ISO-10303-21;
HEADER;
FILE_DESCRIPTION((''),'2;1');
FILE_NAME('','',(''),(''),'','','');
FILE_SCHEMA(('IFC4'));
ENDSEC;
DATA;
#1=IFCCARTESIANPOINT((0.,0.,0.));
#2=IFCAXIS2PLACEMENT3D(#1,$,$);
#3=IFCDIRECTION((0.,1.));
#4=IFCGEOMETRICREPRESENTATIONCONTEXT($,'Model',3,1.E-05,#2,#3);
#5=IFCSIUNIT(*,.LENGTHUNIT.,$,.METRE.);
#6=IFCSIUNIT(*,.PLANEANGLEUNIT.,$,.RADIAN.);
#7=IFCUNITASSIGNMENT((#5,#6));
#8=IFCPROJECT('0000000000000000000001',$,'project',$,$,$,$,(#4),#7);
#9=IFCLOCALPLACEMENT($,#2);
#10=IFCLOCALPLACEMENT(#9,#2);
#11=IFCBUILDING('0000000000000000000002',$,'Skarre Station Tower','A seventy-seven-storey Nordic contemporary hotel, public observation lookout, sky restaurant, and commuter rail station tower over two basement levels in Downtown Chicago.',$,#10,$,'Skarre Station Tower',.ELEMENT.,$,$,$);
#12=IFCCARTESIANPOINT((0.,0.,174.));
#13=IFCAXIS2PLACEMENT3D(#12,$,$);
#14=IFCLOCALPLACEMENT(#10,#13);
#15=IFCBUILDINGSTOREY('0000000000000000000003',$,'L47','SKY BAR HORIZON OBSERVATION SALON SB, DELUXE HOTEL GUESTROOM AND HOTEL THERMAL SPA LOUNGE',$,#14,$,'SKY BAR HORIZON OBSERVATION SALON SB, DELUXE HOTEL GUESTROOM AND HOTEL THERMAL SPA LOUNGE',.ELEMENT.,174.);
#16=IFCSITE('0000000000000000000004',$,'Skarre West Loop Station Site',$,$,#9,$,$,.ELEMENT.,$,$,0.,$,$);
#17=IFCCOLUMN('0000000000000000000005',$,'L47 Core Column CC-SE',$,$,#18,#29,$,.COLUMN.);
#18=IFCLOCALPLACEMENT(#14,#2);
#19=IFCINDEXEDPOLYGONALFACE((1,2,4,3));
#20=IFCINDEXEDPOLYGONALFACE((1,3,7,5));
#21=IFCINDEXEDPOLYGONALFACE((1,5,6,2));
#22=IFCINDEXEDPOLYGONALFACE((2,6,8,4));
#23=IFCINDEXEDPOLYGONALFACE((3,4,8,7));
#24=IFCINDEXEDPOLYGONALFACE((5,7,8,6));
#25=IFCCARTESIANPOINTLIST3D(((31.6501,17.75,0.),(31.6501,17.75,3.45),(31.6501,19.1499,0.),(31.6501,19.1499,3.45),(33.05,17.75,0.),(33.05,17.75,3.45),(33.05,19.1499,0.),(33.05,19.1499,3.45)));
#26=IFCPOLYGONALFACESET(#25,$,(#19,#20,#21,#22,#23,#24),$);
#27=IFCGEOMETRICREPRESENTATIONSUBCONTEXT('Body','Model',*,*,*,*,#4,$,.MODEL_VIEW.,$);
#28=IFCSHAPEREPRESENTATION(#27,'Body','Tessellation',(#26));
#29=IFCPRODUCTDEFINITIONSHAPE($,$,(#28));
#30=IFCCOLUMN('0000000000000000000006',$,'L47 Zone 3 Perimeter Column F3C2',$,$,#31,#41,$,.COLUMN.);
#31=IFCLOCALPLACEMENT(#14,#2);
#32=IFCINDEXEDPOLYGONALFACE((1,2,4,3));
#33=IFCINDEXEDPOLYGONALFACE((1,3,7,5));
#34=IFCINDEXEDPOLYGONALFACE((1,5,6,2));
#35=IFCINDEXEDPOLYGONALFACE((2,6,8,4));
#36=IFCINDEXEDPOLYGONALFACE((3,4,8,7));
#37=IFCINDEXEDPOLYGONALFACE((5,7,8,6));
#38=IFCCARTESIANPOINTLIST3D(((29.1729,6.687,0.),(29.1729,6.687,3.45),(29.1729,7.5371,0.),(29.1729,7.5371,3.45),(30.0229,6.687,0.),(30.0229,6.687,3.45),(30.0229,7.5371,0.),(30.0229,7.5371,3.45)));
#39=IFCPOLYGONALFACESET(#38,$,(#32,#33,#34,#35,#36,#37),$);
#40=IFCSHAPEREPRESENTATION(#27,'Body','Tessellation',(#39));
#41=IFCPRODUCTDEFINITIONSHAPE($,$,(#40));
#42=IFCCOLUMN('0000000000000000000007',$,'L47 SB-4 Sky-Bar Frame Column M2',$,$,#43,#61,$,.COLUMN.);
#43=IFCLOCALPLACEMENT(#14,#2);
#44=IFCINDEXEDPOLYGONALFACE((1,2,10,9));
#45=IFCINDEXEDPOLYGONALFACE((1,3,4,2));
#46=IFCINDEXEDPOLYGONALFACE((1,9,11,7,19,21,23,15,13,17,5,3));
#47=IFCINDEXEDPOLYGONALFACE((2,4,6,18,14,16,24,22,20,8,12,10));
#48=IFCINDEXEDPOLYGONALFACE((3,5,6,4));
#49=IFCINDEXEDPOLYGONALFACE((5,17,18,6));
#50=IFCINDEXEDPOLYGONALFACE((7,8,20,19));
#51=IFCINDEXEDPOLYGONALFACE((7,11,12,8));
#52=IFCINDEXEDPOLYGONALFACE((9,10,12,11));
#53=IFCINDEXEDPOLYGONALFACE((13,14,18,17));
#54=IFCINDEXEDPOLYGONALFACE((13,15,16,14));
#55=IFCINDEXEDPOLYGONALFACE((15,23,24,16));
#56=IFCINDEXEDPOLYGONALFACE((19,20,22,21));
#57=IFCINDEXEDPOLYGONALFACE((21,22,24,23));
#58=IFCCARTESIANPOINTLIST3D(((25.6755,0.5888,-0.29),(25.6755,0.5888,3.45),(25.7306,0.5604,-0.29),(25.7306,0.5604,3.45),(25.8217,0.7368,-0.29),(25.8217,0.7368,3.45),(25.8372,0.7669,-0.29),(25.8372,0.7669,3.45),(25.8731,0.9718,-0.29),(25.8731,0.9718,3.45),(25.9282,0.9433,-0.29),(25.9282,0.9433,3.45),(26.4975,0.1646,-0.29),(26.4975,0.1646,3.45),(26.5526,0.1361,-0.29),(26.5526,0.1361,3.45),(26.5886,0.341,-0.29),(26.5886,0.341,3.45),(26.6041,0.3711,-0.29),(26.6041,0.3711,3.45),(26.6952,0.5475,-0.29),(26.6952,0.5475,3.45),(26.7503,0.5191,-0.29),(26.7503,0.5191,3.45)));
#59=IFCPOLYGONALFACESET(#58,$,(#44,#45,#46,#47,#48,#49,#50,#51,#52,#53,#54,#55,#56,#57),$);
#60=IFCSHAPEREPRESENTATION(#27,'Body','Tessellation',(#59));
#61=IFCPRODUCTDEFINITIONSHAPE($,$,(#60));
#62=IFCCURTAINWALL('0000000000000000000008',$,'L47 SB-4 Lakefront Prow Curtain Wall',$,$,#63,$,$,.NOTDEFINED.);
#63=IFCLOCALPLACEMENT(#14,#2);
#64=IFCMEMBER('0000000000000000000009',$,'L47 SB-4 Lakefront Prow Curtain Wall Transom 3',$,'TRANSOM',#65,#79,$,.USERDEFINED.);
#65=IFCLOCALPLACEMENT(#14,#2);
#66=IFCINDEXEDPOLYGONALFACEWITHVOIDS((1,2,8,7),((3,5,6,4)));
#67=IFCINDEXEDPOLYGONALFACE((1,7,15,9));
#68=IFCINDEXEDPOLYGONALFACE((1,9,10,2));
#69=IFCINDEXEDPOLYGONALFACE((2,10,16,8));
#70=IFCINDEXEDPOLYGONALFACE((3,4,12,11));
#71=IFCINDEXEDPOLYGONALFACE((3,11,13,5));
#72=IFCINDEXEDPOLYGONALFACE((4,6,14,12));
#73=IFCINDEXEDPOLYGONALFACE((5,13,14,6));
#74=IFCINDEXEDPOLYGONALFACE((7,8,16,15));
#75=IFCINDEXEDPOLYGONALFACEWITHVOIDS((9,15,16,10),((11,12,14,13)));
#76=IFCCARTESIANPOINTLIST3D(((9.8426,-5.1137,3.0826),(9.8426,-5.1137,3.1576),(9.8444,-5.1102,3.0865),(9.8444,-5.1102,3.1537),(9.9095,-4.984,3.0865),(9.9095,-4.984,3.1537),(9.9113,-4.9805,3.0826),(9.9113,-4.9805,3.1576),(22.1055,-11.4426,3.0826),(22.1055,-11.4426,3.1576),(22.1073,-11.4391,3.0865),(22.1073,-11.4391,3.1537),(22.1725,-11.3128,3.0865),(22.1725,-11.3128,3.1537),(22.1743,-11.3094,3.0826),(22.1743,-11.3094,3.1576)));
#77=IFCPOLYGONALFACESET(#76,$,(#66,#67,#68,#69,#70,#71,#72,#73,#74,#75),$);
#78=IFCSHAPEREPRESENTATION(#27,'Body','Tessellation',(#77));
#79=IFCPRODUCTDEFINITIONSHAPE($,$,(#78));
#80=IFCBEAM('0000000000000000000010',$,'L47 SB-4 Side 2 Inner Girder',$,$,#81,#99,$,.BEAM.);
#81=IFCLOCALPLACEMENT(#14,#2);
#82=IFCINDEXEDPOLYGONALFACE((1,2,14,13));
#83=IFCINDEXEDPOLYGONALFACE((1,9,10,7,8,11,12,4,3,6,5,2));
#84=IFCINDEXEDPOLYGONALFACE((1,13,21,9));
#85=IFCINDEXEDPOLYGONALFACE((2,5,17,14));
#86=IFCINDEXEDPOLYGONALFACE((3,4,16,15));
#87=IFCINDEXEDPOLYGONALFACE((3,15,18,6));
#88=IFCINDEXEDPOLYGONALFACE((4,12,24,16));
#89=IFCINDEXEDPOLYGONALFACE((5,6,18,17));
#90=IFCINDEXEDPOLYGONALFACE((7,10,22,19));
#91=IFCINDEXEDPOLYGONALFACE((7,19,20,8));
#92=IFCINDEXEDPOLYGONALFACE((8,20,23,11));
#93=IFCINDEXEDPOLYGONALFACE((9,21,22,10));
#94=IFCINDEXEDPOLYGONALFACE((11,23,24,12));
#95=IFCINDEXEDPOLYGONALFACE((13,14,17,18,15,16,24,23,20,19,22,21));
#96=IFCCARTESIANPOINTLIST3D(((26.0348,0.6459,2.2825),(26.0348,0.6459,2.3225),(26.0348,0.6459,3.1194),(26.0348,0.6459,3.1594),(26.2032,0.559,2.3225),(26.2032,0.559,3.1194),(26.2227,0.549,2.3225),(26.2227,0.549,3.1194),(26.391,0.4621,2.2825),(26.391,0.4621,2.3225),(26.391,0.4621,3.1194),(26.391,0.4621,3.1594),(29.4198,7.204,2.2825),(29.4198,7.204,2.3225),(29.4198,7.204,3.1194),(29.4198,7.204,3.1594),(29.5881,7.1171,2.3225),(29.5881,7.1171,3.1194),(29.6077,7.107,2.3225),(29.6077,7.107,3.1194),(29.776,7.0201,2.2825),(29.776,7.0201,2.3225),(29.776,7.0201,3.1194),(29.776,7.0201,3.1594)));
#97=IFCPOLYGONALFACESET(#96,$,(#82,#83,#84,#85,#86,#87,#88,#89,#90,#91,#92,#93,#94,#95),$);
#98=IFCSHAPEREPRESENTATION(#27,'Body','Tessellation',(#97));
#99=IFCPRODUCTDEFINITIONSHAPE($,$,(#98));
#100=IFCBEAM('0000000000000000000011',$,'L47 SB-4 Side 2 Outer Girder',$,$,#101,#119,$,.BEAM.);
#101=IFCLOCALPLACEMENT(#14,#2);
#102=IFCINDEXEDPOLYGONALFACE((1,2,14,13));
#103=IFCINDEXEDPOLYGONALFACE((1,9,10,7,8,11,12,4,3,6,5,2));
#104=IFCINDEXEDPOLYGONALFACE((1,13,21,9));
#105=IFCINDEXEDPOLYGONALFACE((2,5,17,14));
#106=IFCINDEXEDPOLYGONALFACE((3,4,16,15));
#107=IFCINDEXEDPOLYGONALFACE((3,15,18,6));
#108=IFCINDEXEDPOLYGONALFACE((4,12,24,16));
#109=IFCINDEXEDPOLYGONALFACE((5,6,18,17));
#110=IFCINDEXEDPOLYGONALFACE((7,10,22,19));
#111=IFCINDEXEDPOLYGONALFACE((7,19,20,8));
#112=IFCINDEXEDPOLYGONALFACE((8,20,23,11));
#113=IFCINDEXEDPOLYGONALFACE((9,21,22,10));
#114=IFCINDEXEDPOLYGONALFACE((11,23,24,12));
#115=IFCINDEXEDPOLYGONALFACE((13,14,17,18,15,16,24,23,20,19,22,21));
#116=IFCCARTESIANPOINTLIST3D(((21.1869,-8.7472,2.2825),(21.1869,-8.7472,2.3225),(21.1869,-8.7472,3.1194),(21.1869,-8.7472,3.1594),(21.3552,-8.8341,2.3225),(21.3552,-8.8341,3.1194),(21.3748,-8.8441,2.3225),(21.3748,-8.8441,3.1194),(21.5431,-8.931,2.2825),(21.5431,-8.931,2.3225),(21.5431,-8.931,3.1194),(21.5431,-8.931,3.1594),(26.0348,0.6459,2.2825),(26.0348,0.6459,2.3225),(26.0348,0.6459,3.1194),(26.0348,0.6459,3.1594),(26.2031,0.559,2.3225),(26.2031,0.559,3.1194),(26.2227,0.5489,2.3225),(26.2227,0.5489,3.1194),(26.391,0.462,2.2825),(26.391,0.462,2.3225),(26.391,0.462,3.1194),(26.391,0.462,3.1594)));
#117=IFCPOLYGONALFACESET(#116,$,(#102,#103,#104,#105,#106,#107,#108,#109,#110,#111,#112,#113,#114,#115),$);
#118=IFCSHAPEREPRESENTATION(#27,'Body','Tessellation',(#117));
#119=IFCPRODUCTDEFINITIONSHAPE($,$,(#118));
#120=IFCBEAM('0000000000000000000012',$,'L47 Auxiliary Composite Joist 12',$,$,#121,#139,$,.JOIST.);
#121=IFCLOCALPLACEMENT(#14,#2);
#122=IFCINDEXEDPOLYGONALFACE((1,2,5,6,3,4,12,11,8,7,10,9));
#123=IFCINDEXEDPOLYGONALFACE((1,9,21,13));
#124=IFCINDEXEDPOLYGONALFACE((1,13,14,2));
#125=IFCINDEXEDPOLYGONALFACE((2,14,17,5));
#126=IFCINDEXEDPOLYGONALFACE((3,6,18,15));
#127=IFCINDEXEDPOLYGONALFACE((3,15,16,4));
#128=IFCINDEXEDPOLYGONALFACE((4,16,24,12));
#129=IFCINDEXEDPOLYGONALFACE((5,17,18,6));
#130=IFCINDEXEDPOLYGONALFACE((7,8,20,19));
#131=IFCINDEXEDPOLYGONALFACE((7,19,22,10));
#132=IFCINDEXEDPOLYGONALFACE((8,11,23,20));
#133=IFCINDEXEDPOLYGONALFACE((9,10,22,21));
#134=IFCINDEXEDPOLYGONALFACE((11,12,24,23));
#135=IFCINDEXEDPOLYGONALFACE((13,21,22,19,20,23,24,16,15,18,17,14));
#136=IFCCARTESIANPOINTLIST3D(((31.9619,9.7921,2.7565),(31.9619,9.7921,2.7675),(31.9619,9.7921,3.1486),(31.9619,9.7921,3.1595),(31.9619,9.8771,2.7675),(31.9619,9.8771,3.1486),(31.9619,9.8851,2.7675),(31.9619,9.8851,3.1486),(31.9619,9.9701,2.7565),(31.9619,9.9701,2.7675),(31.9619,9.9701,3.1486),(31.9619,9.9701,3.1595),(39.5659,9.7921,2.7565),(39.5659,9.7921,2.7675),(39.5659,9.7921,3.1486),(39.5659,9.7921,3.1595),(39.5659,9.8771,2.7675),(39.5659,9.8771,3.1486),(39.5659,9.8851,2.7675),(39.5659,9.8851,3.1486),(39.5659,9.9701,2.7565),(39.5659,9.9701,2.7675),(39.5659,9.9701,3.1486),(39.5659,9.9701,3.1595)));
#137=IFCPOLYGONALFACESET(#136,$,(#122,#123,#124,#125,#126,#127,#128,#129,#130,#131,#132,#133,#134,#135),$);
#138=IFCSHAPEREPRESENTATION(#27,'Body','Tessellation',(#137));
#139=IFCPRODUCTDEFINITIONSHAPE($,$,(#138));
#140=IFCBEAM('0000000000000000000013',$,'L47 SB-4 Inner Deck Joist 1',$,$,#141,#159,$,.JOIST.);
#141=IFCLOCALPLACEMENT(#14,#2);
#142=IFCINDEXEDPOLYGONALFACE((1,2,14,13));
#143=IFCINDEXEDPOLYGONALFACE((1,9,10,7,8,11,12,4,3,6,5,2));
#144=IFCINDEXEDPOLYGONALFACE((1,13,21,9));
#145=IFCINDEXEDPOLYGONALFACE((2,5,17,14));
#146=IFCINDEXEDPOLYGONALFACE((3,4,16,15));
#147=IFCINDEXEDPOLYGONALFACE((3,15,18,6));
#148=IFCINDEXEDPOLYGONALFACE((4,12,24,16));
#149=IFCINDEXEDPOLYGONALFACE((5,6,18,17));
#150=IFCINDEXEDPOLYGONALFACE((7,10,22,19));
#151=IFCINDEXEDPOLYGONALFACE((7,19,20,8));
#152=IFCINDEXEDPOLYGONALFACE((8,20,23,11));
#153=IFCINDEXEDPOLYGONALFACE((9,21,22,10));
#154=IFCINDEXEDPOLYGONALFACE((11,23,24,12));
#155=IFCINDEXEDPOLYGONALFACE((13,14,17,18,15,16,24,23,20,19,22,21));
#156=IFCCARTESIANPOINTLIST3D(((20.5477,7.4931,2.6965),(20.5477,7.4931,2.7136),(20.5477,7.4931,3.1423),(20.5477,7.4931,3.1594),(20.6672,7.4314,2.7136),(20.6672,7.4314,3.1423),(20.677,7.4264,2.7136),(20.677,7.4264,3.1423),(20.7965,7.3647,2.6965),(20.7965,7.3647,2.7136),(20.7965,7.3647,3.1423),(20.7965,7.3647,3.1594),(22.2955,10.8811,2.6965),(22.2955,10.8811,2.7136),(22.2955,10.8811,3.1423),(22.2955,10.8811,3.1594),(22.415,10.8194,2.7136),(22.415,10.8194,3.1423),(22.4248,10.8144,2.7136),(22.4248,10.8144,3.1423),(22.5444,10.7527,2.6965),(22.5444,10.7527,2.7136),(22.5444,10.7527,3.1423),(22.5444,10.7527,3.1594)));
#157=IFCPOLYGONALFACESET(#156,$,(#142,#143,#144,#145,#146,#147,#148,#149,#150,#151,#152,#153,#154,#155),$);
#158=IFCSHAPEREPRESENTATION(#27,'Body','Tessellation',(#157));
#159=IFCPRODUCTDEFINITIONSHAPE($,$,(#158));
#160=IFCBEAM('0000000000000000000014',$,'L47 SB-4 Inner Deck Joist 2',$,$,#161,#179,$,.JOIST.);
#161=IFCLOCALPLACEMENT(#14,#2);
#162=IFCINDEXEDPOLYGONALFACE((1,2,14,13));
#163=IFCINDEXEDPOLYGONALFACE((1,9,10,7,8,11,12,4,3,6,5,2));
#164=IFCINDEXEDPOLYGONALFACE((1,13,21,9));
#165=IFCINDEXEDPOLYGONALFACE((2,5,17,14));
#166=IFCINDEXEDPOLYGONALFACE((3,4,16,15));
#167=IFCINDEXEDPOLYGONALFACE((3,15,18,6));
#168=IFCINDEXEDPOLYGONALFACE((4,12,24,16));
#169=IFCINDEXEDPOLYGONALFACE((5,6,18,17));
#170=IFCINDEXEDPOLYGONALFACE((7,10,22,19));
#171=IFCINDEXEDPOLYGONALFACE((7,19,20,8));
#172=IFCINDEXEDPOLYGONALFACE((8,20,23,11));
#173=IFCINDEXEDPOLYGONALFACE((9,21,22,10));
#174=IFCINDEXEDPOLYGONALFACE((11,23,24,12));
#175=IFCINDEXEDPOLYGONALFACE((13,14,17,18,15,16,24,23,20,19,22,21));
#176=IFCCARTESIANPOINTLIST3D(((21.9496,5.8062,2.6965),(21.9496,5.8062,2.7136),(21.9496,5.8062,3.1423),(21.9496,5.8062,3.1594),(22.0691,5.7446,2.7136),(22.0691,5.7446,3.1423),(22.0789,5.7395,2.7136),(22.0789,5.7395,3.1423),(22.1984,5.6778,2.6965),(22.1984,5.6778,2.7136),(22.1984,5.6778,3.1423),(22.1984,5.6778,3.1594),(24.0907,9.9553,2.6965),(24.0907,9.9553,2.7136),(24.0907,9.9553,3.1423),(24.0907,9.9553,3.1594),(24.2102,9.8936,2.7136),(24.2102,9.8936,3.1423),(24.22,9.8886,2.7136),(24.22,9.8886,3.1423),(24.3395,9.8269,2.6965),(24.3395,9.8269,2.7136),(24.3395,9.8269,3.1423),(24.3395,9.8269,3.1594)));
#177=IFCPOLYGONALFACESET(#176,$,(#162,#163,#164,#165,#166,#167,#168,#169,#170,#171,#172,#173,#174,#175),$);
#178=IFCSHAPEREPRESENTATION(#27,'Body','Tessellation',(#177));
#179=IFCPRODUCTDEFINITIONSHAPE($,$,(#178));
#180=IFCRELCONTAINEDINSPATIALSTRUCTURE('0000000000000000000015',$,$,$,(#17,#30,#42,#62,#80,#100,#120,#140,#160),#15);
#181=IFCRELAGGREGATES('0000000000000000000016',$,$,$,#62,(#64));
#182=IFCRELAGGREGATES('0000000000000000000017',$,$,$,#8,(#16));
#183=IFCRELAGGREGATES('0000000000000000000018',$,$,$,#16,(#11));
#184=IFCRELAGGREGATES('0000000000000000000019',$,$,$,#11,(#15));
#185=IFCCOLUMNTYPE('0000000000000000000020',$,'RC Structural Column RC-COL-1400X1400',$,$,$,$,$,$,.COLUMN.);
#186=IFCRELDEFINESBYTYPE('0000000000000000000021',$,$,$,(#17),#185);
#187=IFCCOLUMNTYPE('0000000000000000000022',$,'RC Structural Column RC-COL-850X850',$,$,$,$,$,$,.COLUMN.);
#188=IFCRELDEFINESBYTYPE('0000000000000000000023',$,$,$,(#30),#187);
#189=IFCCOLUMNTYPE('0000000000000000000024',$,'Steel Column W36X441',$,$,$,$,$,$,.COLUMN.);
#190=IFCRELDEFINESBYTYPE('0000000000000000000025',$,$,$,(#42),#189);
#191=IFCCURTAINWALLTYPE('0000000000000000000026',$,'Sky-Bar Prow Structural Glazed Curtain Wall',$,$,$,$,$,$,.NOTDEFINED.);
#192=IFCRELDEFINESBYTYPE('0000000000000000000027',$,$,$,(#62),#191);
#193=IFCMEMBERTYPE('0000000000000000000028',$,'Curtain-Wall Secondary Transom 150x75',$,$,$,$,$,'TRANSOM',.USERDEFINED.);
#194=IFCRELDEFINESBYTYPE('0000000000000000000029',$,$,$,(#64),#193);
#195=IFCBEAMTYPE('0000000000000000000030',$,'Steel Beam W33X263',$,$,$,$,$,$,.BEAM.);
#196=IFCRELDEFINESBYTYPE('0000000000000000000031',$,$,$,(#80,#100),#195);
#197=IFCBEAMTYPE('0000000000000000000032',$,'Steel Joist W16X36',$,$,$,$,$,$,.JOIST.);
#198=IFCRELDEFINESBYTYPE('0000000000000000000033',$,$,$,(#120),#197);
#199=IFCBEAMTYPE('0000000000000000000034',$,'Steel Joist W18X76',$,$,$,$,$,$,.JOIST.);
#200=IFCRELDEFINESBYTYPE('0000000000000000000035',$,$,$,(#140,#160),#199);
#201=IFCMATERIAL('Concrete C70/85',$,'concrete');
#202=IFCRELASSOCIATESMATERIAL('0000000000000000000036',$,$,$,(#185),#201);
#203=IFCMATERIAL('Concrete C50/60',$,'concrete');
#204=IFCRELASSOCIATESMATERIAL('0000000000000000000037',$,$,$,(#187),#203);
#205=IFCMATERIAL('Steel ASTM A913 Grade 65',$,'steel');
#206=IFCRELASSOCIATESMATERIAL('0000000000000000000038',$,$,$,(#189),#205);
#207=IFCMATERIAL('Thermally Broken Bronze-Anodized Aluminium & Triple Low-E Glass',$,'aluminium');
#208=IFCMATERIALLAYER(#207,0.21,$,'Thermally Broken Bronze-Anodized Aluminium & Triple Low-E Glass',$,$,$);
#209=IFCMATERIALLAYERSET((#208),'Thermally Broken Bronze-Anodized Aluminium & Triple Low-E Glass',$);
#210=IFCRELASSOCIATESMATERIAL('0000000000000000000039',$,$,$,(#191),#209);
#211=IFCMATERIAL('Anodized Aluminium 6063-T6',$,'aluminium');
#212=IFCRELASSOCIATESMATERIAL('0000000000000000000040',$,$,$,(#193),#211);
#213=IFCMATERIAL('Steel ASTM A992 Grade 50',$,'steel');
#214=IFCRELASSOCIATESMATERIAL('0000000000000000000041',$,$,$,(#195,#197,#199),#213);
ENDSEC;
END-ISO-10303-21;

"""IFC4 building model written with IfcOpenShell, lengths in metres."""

from ifc_helpers import new_model, si_unit, direction, frame, origin, origin_2d, place, context, subcontext, project, spatial, rectangle, hollow_rectangle, i_section, extrude, material, layer, layer_set, material_profile, profile_set, type_object, element, aggregate, save


model = new_model("IFC4")

# Units and contexts
model_context = context("Model", 3, precision=1e-05, world=origin(), true_north=direction((0.0, 1.0)))
body_context = subcontext(model_context, "Body", "Model", "MODEL_VIEW")
ifc_project = project(units=[si_unit("LENGTHUNIT", "METRE"), si_unit("PLANEANGLEUNIT", "RADIAN")], contexts=[model_context])

# Site, building, storey
site_placement = place(None, origin())
site = spatial("IfcSite", under=ifc_project, at=site_placement, Name="Skarre West Loop Station Site", CompositionType="ELEMENT", RefElevation=0.0)
building_placement = place(site_placement, origin())
building = spatial("IfcBuilding", under=site, at=building_placement, Name="Skarre Station Tower", Description="A seventy-seven-storey Nordic contemporary hotel, public observation lookout, sky restaurant, and commuter rail station tower over two basement levels in Downtown Chicago.", LongName="Skarre Station Tower", CompositionType="ELEMENT")
storey_placement = place(building_placement, frame((0.0, 0.0, 174.0)))
storey = spatial("IfcBuildingStorey", under=building, at=storey_placement, Name="L47", Description="SKY BAR HORIZON OBSERVATION SALON SB, DELUXE HOTEL GUESTROOM AND HOTEL THERMAL SPA LOUNGE", LongName="SKY BAR HORIZON OBSERVATION SALON SB, DELUXE HOTEL GUESTROOM AND HOTEL THERMAL SPA LOUNGE", CompositionType="ELEMENT", Elevation=174.0)

# Columns
ifc_material_1 = material(Name="Concrete C70/85", Category="concrete")
ifc_material_profile_1 = material_profile(ifc_material_1, rectangle(XDim=1.3999, YDim=1.3999, at=origin_2d()), Name="Concrete C70/85")
ifc_profile_set_1 = profile_set([ifc_material_profile_1], Name="Concrete C70/85")
column_type_1 = type_object("IfcColumnType", Name="RC Structural Column RC-COL-1400X1400", PredefinedType="COLUMN", material=ifc_profile_set_1)
column_1_placement = place(storey_placement, frame((32.3501, 18.45, 0.0), z_axis=(0.0, 0.0, 1.0), x_axis=(1.0, 0.0, 0.0)))
element("IfcColumn", 1, at=column_1_placement, inside=storey, type_object=column_type_1, Name="L47 Core Column CC-SE", PredefinedType="COLUMN", context=body_context, shape_type="SweptSolid", body=[
    extrude(rectangle(XDim=1.3999, YDim=1.3999, at=origin_2d()), origin(), (0.0, 0.0, 1.0), 3.45),
])
ifc_material_2 = material(Name="Concrete C50/60", Category="concrete")
ifc_material_profile_2 = material_profile(ifc_material_2, rectangle(XDim=0.8501, YDim=0.8501, at=origin_2d()), Name="Concrete C50/60")
ifc_profile_set_2 = profile_set([ifc_material_profile_2], Name="Concrete C50/60")
column_type_2 = type_object("IfcColumnType", Name="RC Structural Column RC-COL-850X850", PredefinedType="COLUMN", material=ifc_profile_set_2)
column_2_placement = place(storey_placement, frame((29.5979, 7.1121, 0.0), z_axis=(0.0, 0.0, 1.0), x_axis=(1.0, 0.0, 0.0)))
element("IfcColumn", 2, at=column_2_placement, inside=storey, type_object=column_type_2, Name="L47 Zone 3 Perimeter Column F3C2", PredefinedType="COLUMN", context=body_context, shape_type="SweptSolid", body=[
    extrude(rectangle(XDim=0.8501, YDim=0.8501, at=origin_2d()), origin(), (0.0, 0.0, 1.0), 3.45),
])
ifc_material_3 = material(Name="Steel ASTM A913 Grade 65", Category="steel")
ifc_material_profile_3 = material_profile(ifc_material_3, i_section(OverallWidth=0.4309, OverallDepth=0.9871, WebThickness=0.0339, FlangeThickness=0.062, at=origin_2d()), Name="Steel ASTM A913 Grade 65")
ifc_profile_set_3 = profile_set([ifc_material_profile_3], Name="Steel ASTM A913 Grade 65")
column_type_3 = type_object("IfcColumnType", Name="Steel Column W36X441", PredefinedType="COLUMN", material=ifc_profile_set_3)
column_3_placement = place(storey_placement, frame((26.2129, 0.554, -0.29), z_axis=(0.0, 0.0, 1.0), x_axis=(-0.458634, -0.888625, 0.0)))
element("IfcColumn", 3, at=column_3_placement, inside=storey, type_object=column_type_3, Name="L47 SB-4 Sky-Bar Frame Column M2", PredefinedType="COLUMN", context=body_context, shape_type="SweptSolid", body=[
    extrude(i_section(OverallWidth=0.4309, OverallDepth=0.9871, WebThickness=0.0339, FlangeThickness=0.062, at=origin_2d()), origin(), (0.0, 0.0, 1.0), 3.74),
])

# Curtain wall, member
ifc_material_4 = material(Name="Thermally Broken Bronze-Anodized Aluminium & Triple Low-E Glass", Category="aluminium")
ifc_layer_1 = layer(ifc_material_4, 0.21, Name="Thermally Broken Bronze-Anodized Aluminium & Triple Low-E Glass")
ifc_layer_set_1 = layer_set([ifc_layer_1], Name="Thermally Broken Bronze-Anodized Aluminium & Triple Low-E Glass")
curtain_wall_type = type_object("IfcCurtainWallType", Name="Sky-Bar Prow Structural Glazed Curtain Wall", PredefinedType="NOTDEFINED", material=ifc_layer_set_1)
curtain_wall_placement = place(storey_placement, origin())
curtain_wall = element("IfcCurtainWall", 4, at=curtain_wall_placement, inside=storey, type_object=curtain_wall_type, Name="L47 SB-4 Lakefront Prow Curtain Wall", PredefinedType="NOTDEFINED")
ifc_material_5 = material(Name="Anodized Aluminium 6063-T6", Category="aluminium")
ifc_material_profile_4 = material_profile(ifc_material_5, hollow_rectangle(XDim=0.075, YDim=0.1499, WallThickness=0.0039, at=origin_2d()), Name="Anodized Aluminium 6063-T6")
ifc_profile_set_4 = profile_set([ifc_material_profile_4], Name="Anodized Aluminium 6063-T6")
member_type = type_object("IfcMemberType", Name="Curtain-Wall Secondary Transom 150x75", ElementType="TRANSOM", PredefinedType="USERDEFINED", material=ifc_profile_set_4)
member_placement = place(storey_placement, frame((22.1399, -11.376, 3.1201), z_axis=(-0.888633, 0.45862, 0.0), x_axis=(0.0, 0.0, 1.0)))
member = element("IfcMember", 5, at=member_placement, type_object=member_type, Name="L47 SB-4 Lakefront Prow Curtain Wall Transom 3", ObjectType="TRANSOM", PredefinedType="USERDEFINED", context=body_context, shape_type="SweptSolid", body=[
    extrude(hollow_rectangle(XDim=0.075, YDim=0.1499, WallThickness=0.0039, at=origin_2d()), origin(), (0.0, 0.0, 1.0), 13.7998),
])
aggregate(curtain_wall, [member])

# Beams
ifc_material_6 = material(Name="Steel ASTM A992 Grade 50", Category="steel")
ifc_material_profile_5 = material_profile(ifc_material_6, i_section(OverallWidth=0.4009, OverallDepth=0.877, WebThickness=0.022, FlangeThickness=0.04, at=origin_2d()), Name="Steel ASTM A992 Grade 50")
ifc_profile_set_5 = profile_set([ifc_material_profile_5], Name="Steel ASTM A992 Grade 50")
beam_type_1 = type_object("IfcBeamType", Name="Steel Beam W33X263", PredefinedType="BEAM", material=ifc_profile_set_5)
beam_1_placement = place(storey_placement, frame((29.5979, 7.1121, 2.7209), z_axis=(-0.458662, -0.888611, 0.0), x_axis=(0.888611, -0.458662, 0.0)))
element("IfcBeam", 6, at=beam_1_placement, inside=storey, type_object=beam_type_1, Name="L47 SB-4 Side 2 Inner Girder", PredefinedType="BEAM", context=body_context, shape_type="SweptSolid", body=[
    extrude(i_section(OverallWidth=0.4009, OverallDepth=0.877, WebThickness=0.022, FlangeThickness=0.04, at=origin_2d()), origin(), (0.0, 0.0, 1.0), 7.3801),
])
beam_2_placement = place(storey_placement, frame((26.2129, 0.554, 2.7209), z_axis=(-0.458633, -0.888626, 0.0), x_axis=(0.888626, -0.458633, 0.0)))
element("IfcBeam", 7, at=beam_2_placement, inside=storey, type_object=beam_type_1, Name="L47 SB-4 Side 2 Outer Girder", PredefinedType="BEAM", context=body_context, shape_type="SweptSolid", body=[
    extrude(i_section(OverallWidth=0.4009, OverallDepth=0.877, WebThickness=0.022, FlangeThickness=0.04, at=origin_2d()), origin(), (0.0, 0.0, 1.0), 10.5703),
])
ifc_material_profile_6 = material_profile(ifc_material_6, i_section(OverallWidth=0.178, OverallDepth=0.4031, WebThickness=0.0081, FlangeThickness=0.011, at=origin_2d()), Name="Steel ASTM A992 Grade 50")
ifc_profile_set_6 = profile_set([ifc_material_profile_6], Name="Steel ASTM A992 Grade 50")
beam_type_2 = type_object("IfcBeamType", Name="Steel Joist W16X36", PredefinedType="JOIST", material=ifc_profile_set_6)
beam_3_placement = place(storey_placement, frame((31.9619, 9.8811, 2.958), z_axis=(1.0, 0.0, 0.0), x_axis=(0.0, 1.0, 0.0)))
element("IfcBeam", 8, at=beam_3_placement, inside=storey, type_object=beam_type_2, Name="L47 Auxiliary Composite Joist 12", PredefinedType="JOIST", context=body_context, shape_type="SweptSolid", body=[
    extrude(i_section(OverallWidth=0.178, OverallDepth=0.4031, WebThickness=0.0081, FlangeThickness=0.011, at=origin_2d()), origin(), (0.0, 0.0, 1.0), 7.604),
])
ifc_material_profile_7 = material_profile(ifc_material_6, i_section(OverallWidth=0.28, OverallDepth=0.4629, WebThickness=0.011, FlangeThickness=0.0171, at=origin_2d()), Name="Steel ASTM A992 Grade 50")
ifc_profile_set_7 = profile_set([ifc_material_profile_7], Name="Steel ASTM A992 Grade 50")
beam_type_3 = type_object("IfcBeamType", Name="Steel Joist W18X76", PredefinedType="JOIST", material=ifc_profile_set_7)
beam_4_placement = place(storey_placement, frame((22.4199, 10.8169, 2.928), z_axis=(-0.458475, -0.888707, 0.0), x_axis=(0.888707, -0.458475, 0.0)))
element("IfcBeam", 9, at=beam_4_placement, inside=storey, type_object=beam_type_3, Name="L47 SB-4 Inner Deck Joist 1", PredefinedType="JOIST", context=body_context, shape_type="SweptSolid", body=[
    extrude(i_section(OverallWidth=0.28, OverallDepth=0.4629, WebThickness=0.011, FlangeThickness=0.0171, at=origin_2d()), origin(), (0.0, 0.0, 1.0), 3.8123),
])
beam_5_placement = place(storey_placement, frame((24.2151, 9.8911, 2.928), z_axis=(-0.458576, -0.888655, 0.0), x_axis=(0.888655, -0.458576, 0.0)))
element("IfcBeam", 10, at=beam_5_placement, inside=storey, type_object=beam_type_3, Name="L47 SB-4 Inner Deck Joist 2", PredefinedType="JOIST", context=body_context, shape_type="SweptSolid", body=[
    extrude(i_section(OverallWidth=0.28, OverallDepth=0.4629, WebThickness=0.011, FlangeThickness=0.0171, at=origin_2d()), origin(), (0.0, 0.0, 1.0), 4.6689),
])

save(model, "model.ifc")
